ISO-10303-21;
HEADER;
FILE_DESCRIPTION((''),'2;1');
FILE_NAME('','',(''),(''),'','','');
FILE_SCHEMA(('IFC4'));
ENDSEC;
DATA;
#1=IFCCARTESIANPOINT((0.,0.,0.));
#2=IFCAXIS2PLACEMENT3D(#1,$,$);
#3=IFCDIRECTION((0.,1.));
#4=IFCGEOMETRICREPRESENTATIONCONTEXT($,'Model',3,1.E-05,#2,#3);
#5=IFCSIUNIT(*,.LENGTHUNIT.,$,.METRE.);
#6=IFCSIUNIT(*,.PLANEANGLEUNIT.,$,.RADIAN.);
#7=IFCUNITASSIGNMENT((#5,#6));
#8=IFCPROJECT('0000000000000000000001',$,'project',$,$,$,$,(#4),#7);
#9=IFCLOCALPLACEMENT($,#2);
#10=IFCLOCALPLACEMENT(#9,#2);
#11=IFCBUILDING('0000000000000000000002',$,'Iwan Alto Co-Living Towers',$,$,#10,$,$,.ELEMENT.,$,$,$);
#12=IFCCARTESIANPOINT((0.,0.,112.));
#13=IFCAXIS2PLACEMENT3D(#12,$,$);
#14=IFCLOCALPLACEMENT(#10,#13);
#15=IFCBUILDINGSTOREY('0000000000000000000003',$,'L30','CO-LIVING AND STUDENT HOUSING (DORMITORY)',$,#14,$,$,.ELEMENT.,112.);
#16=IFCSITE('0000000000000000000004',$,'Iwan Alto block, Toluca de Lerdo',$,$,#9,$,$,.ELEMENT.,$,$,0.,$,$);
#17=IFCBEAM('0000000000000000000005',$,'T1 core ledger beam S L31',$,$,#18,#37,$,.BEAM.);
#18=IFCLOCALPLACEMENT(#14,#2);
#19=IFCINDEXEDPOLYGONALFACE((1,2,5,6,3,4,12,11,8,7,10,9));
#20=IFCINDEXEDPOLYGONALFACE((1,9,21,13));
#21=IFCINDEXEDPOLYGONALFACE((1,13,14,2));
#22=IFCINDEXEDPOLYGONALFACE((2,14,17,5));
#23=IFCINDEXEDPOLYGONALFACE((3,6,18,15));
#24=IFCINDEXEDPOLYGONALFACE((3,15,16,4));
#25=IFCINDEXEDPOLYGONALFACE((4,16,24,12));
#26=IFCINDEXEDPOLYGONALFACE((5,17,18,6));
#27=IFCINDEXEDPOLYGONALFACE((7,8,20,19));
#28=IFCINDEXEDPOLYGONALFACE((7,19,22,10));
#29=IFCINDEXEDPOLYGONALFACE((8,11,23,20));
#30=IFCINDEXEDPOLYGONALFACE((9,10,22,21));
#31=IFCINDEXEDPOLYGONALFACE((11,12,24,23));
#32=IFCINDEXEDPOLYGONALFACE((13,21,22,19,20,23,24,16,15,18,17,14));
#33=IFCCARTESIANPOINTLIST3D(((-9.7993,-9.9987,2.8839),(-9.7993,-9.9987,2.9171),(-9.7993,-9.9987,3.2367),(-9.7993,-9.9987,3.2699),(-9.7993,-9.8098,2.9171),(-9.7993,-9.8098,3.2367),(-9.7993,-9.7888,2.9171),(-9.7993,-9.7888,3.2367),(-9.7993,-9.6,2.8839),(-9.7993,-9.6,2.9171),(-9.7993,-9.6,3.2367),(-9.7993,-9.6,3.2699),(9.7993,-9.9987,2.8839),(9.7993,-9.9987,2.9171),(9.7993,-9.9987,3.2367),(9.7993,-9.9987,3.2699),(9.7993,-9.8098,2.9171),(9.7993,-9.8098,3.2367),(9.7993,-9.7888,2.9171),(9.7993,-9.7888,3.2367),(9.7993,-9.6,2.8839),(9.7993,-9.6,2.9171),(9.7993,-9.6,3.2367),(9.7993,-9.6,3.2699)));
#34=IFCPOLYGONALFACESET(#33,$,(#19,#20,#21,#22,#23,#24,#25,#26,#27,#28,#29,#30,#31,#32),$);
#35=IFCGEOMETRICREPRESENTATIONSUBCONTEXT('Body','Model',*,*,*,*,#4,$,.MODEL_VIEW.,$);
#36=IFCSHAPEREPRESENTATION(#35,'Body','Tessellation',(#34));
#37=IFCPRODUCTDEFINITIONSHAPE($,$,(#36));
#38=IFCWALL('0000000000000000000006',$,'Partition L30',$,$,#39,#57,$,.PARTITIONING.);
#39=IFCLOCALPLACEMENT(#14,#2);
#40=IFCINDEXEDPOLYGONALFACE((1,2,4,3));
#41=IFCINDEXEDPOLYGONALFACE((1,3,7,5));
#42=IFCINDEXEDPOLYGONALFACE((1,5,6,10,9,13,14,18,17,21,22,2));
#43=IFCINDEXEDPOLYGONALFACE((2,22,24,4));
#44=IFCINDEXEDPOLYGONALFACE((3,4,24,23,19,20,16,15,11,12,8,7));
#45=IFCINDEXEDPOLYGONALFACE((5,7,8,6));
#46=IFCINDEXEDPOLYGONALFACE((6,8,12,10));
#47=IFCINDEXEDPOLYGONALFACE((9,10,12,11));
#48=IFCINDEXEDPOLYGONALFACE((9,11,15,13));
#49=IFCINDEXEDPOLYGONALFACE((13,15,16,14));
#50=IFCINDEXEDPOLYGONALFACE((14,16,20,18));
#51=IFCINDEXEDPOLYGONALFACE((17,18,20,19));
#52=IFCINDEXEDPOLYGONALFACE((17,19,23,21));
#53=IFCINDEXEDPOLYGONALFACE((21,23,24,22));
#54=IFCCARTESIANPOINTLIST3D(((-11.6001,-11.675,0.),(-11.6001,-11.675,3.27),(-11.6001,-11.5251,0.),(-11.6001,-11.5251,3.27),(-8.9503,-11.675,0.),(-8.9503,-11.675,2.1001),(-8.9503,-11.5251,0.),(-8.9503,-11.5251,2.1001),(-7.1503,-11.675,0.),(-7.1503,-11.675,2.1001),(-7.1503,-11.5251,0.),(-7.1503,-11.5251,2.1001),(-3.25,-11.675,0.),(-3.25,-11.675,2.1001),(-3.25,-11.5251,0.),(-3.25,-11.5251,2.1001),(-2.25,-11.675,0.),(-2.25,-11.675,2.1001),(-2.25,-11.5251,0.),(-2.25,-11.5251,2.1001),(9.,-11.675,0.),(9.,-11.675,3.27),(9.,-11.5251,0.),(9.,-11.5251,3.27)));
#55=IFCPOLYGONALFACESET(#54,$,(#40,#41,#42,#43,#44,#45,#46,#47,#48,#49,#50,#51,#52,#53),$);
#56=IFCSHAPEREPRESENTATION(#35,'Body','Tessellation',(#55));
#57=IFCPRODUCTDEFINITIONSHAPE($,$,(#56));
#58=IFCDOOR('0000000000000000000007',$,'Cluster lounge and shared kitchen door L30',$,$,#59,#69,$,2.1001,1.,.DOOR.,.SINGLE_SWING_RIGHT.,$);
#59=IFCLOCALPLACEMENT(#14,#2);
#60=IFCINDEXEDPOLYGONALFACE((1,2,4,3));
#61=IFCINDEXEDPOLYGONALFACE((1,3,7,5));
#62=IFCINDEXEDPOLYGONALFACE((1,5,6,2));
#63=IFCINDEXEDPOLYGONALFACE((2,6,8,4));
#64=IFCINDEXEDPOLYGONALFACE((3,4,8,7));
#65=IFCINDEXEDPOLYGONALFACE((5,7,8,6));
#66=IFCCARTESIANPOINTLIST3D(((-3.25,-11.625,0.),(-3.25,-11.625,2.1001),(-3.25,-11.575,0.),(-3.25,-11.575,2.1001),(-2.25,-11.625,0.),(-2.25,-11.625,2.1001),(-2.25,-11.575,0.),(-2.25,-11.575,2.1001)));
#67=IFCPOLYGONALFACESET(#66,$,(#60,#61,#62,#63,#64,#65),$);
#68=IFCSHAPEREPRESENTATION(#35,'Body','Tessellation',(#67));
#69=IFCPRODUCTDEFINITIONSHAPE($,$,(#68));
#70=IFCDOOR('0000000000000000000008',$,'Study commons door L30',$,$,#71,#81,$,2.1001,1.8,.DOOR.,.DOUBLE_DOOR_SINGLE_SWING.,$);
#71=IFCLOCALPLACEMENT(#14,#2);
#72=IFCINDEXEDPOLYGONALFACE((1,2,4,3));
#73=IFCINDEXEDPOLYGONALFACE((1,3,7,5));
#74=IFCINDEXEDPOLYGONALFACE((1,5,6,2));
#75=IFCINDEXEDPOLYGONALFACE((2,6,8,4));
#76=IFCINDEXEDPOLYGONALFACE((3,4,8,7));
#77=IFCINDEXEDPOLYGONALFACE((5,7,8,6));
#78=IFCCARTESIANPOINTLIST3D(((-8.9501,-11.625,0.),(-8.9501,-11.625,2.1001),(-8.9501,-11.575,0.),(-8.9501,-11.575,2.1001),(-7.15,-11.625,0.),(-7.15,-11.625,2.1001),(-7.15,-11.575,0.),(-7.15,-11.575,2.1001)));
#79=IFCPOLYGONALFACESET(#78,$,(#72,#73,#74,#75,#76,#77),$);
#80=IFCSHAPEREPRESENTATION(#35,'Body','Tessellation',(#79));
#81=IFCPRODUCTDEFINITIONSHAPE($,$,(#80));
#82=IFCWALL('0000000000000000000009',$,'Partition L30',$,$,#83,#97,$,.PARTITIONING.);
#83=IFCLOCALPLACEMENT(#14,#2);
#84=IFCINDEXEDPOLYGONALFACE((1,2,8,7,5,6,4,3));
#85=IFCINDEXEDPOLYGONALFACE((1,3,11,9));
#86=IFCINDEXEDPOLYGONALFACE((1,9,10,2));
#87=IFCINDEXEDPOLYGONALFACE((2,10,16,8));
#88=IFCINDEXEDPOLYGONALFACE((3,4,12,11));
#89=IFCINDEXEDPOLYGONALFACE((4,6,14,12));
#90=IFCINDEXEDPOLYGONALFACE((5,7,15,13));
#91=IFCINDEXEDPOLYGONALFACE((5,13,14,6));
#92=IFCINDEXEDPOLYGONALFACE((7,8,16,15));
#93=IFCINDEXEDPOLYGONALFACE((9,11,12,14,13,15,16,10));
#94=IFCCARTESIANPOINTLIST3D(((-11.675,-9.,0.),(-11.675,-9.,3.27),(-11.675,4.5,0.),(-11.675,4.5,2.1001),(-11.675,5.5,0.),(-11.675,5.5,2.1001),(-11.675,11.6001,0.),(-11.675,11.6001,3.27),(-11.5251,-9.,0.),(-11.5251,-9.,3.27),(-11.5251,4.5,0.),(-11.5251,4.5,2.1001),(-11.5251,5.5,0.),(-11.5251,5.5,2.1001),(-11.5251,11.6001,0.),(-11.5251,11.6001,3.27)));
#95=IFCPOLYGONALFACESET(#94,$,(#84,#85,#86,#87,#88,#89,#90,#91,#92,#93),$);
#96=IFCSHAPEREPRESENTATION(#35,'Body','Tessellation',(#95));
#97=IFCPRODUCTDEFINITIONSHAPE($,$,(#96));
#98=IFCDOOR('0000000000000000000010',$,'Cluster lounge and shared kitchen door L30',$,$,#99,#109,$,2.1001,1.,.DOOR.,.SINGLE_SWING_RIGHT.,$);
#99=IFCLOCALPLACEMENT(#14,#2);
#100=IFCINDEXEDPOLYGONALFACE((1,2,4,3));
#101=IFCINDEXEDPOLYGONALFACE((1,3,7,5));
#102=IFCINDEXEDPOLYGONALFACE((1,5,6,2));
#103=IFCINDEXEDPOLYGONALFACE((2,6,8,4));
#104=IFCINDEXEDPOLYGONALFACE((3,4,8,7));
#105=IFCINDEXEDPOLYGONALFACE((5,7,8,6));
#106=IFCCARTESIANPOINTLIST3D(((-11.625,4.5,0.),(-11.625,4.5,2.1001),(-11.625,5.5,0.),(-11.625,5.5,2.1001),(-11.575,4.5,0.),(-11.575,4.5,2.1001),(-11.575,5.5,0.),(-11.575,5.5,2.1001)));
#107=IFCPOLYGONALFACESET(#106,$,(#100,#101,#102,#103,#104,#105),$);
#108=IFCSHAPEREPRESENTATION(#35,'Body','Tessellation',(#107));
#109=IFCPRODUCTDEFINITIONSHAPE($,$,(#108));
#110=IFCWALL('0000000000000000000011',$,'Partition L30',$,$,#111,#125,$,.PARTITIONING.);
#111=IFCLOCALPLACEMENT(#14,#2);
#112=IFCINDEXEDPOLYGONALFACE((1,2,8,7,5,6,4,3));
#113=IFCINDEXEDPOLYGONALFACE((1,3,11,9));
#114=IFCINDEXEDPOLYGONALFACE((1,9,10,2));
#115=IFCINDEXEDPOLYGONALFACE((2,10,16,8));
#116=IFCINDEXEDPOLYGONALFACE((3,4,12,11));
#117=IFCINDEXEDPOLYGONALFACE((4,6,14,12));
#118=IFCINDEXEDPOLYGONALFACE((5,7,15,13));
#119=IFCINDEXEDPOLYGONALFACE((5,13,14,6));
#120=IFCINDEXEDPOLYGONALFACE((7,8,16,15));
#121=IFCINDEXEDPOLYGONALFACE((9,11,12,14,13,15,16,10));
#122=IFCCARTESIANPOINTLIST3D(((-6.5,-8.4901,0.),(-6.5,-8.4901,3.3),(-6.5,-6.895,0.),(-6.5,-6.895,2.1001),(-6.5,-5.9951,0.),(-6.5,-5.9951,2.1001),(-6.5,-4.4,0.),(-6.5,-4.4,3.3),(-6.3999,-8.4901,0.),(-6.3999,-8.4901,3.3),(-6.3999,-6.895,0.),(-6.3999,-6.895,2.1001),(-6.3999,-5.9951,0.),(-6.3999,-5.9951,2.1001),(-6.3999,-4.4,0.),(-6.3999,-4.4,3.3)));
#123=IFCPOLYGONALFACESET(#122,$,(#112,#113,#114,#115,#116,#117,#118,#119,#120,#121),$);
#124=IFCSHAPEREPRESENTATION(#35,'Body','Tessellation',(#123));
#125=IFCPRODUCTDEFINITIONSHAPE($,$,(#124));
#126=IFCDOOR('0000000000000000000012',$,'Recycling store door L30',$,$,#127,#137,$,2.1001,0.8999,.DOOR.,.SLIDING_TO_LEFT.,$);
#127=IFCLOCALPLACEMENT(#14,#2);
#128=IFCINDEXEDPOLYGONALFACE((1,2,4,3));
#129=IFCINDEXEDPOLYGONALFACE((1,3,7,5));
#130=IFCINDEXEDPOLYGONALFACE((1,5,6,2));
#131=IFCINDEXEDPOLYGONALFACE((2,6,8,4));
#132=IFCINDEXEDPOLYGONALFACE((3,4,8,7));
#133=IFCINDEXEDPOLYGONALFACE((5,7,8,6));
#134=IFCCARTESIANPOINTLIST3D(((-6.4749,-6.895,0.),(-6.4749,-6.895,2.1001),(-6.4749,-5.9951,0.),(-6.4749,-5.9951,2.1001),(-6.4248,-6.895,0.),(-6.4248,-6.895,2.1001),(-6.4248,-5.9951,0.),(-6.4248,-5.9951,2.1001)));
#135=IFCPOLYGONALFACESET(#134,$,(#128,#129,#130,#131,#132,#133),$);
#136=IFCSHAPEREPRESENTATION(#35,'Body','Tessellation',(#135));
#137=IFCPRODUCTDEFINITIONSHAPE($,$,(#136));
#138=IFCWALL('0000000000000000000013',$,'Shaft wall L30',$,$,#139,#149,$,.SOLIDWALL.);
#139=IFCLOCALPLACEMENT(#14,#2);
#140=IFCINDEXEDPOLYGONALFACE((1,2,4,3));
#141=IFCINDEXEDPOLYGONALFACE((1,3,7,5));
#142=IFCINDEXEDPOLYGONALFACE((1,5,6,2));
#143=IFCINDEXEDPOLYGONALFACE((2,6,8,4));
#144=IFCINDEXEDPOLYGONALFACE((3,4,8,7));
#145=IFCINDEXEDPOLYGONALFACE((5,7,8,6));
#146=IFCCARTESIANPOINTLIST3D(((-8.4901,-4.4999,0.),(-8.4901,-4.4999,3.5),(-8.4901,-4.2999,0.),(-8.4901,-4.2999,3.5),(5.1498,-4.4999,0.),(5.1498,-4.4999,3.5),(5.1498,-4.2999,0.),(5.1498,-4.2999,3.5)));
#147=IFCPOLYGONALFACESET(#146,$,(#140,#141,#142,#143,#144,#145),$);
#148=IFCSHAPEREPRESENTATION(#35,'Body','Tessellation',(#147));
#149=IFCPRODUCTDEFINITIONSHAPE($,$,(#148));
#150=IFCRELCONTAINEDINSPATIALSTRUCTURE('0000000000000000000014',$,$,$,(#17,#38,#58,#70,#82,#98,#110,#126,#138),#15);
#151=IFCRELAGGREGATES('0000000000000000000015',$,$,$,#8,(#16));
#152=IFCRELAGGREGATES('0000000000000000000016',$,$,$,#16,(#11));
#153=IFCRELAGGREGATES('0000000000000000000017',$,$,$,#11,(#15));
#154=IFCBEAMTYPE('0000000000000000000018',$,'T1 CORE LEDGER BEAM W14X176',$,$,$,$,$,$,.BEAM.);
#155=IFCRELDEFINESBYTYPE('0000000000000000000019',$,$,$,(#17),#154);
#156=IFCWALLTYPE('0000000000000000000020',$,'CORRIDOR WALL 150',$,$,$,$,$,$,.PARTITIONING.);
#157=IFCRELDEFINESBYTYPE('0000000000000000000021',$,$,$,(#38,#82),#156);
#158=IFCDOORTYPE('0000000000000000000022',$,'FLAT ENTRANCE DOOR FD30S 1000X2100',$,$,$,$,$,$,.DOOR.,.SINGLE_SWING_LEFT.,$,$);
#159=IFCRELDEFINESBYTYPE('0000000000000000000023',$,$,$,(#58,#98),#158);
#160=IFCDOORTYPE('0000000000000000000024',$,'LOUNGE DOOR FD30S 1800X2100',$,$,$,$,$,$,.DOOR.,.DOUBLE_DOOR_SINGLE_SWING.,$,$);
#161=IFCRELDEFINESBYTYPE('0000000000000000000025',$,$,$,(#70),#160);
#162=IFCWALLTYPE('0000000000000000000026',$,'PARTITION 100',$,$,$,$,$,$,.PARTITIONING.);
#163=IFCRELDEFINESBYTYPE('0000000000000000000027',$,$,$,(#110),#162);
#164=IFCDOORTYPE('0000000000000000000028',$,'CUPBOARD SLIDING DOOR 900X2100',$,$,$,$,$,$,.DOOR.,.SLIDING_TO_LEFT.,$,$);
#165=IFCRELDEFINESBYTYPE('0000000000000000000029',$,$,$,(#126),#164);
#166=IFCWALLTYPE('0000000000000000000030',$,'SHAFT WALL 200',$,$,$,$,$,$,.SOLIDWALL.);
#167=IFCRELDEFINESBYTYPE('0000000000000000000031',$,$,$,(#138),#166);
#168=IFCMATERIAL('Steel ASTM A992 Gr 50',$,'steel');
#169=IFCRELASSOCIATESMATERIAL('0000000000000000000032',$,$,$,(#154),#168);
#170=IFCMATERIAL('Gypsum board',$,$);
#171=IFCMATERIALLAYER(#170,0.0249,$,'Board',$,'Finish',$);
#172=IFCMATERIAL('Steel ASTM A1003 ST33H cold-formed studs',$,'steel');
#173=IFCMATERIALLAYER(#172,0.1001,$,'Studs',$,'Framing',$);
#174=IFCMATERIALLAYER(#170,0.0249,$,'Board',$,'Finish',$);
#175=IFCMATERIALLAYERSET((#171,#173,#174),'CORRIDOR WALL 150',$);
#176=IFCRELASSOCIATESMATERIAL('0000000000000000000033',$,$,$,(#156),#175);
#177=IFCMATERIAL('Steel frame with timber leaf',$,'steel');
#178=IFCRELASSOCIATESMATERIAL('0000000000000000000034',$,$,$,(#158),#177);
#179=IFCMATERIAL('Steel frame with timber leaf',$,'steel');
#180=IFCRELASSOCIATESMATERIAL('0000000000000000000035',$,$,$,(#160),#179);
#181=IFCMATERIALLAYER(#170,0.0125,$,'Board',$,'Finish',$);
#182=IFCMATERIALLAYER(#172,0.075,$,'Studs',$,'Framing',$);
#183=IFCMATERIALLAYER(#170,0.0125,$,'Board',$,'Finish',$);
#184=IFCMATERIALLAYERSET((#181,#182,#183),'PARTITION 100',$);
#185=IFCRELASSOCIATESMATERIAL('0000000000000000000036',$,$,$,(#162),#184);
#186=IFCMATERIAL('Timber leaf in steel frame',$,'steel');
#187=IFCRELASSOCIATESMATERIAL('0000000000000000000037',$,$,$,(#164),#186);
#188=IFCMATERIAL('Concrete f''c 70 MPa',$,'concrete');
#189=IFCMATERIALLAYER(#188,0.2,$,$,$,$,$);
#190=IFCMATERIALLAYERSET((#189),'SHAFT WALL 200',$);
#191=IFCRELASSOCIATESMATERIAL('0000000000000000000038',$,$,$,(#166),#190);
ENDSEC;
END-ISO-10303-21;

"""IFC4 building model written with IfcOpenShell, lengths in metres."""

from ifc_helpers import new_model, si_unit, direction, frame, frame_2d, origin, origin_2d, place, context, subcontext, project, spatial, rectangle, i_section, extrude, material, layer, layer_set, material_profile, profile_set, type_object, element, fill, save


model = new_model("IFC4")

# Units and contexts
model_context = context("Model", 3, precision=1e-05, world=origin(), true_north=direction((0.0, 1.0)))
body_context = subcontext(model_context, "Body", "Model", "MODEL_VIEW")
ifc_project = project(units=[si_unit("LENGTHUNIT", "METRE"), si_unit("PLANEANGLEUNIT", "RADIAN")], contexts=[model_context])

# Site, building, storey
site_placement = place(None, origin())
site = spatial("IfcSite", under=ifc_project, at=site_placement, Name="Iwan Alto block, Toluca de Lerdo", CompositionType="ELEMENT", RefElevation=0.0)
building_placement = place(site_placement, origin())
building = spatial("IfcBuilding", under=site, at=building_placement, Name="Iwan Alto Co-Living Towers", CompositionType="ELEMENT")
storey_placement = place(building_placement, frame((0.0, 0.0, 112.0)))
storey = spatial("IfcBuildingStorey", under=building, at=storey_placement, Name="L30", Description="CO-LIVING AND STUDENT HOUSING (DORMITORY)", CompositionType="ELEMENT", Elevation=112.0)

# Beam
ifc_material_1 = material(Name="Steel ASTM A992 Gr 50", Category="steel")
ifc_material_profile = material_profile(ifc_material_1, i_section(OverallWidth=0.3987, OverallDepth=0.386, WebThickness=0.021, FlangeThickness=0.0332, at=origin_2d()), Name="W14X176")
ifc_profile_set = profile_set([ifc_material_profile], Name="Steel ASTM A992 Gr 50")
beam_type = type_object("IfcBeamType", Name="T1 CORE LEDGER BEAM W14X176", PredefinedType="BEAM", material=ifc_profile_set)
beam_placement = place(storey_placement, frame((-9.7993, -9.7993, 3.0769), z_axis=(1.0, 0.0, 0.0), x_axis=(0.0, 1.0, 0.0)))
element("IfcBeam", 1, at=beam_placement, inside=storey, type_object=beam_type, Name="T1 core ledger beam S L31", PredefinedType="BEAM", context=body_context, shape_type="SweptSolid", body=[
    extrude(i_section(OverallWidth=0.3987, OverallDepth=0.386, WebThickness=0.021, FlangeThickness=0.0332, at=origin_2d()), origin(), (0.0, 0.0, 1.0), 19.5986),
])

# Wall, openings, doors
ifc_material_2 = material(Name="Gypsum board")
ifc_layer_1 = layer(ifc_material_2, 0.0249, Name="Board", Category="Finish")
ifc_material_3 = material(Name="Steel ASTM A1003 ST33H cold-formed studs", Category="steel")
ifc_layer_2 = layer(ifc_material_3, 0.1001, Name="Studs", Category="Framing")
ifc_layer_3 = layer(ifc_material_2, 0.0249, Name="Board", Category="Finish")
ifc_layer_set_1 = layer_set([ifc_layer_1, ifc_layer_2, ifc_layer_3], Name="CORRIDOR WALL 150")
wall_type_1 = type_object("IfcWallType", Name="CORRIDOR WALL 150", PredefinedType="PARTITIONING", material=ifc_layer_set_1)
wall_1_placement = place(storey_placement, frame((-11.6001, -11.6001, 0.0), z_axis=(0.0, 0.0, 1.0), x_axis=(1.0, 0.0, 0.0)))
wall_1 = element("IfcWall", 2, at=wall_1_placement, inside=storey, type_object=wall_type_1, Name="Partition L30", PredefinedType="PARTITIONING", context=body_context, shape_type="SweptSolid", body=[
    extrude(rectangle(XDim=20.6001, YDim=0.1499, at=frame_2d((10.3, 0.0))), origin(), (0.0, 0.0, 1.0), 3.27),
])
opening_1_placement = place(wall_1_placement, frame((2.6499, 0.0, 0.0)))
opening_1 = element("IfcOpeningElement", 3, at=opening_1_placement, cuts=wall_1, PredefinedType="OPENING", context=body_context, shape_type="SweptSolid", body=[
    extrude(rectangle(XDim=1.8, YDim=2.1001, at=frame_2d((0.8999, 1.05))), frame((0.0, 0.085, 0.0), z_axis=(0.0, -1.0, 0.0), x_axis=(1.0, 0.0, 0.0)), (0.0, 0.0, 1.0), 0.1699),
])
opening_2_placement = place(wall_1_placement, frame((8.3501, 0.0, 0.0)))
opening_2 = element("IfcOpeningElement", 4, at=opening_2_placement, cuts=wall_1, PredefinedType="OPENING", context=body_context, shape_type="SweptSolid", body=[
    extrude(rectangle(XDim=1.0, YDim=2.1001, at=frame_2d((0.5, 1.05))), frame((0.0, 0.085, 0.0), z_axis=(0.0, -1.0, 0.0), x_axis=(1.0, 0.0, 0.0)), (0.0, 0.0, 1.0), 0.1699),
])
ifc_material_4 = material(Name="Steel frame with timber leaf", Category="steel")
door_type_1 = type_object("IfcDoorType", Name="FLAT ENTRANCE DOOR FD30S 1000X2100", OperationType="SINGLE_SWING_LEFT", PredefinedType="DOOR", material=ifc_material_4)
door_1_placement = place(opening_2_placement, frame((1.0, 0.0, 0.0), z_axis=(0.0, 0.0, 1.0), x_axis=(-1.0, 0.0, 0.0)))
door_1 = element("IfcDoor", 5, at=door_1_placement, inside=storey, type_object=door_type_1, Name="Cluster lounge and shared kitchen door L30", OperationType="SINGLE_SWING_RIGHT", OverallHeight=2.1001, OverallWidth=1.0, PredefinedType="DOOR", context=body_context, shape_type="SweptSolid", body=[
    extrude(rectangle(XDim=1.0, YDim=2.1001, at=frame_2d((0.5, 1.05))), frame((0.0, 0.0249, 0.0), z_axis=(0.0, -1.0, 0.0), x_axis=(1.0, 0.0, 0.0)), (0.0, 0.0, 1.0), 0.05),
])
fill(opening_2, door_1)
ifc_material_5 = material(Name="Steel frame with timber leaf", Category="steel")
door_type_2 = type_object("IfcDoorType", Name="LOUNGE DOOR FD30S 1800X2100", OperationType="DOUBLE_DOOR_SINGLE_SWING", PredefinedType="DOOR", material=ifc_material_5)
door_2_placement = place(opening_1_placement, frame((1.8, 0.0, 0.0), z_axis=(0.0, 0.0, 1.0), x_axis=(-1.0, 0.0, 0.0)))
door_2 = element("IfcDoor", 6, at=door_2_placement, inside=storey, type_object=door_type_2, Name="Study commons door L30", OperationType="DOUBLE_DOOR_SINGLE_SWING", OverallHeight=2.1001, OverallWidth=1.8, PredefinedType="DOOR", context=body_context, shape_type="SweptSolid", body=[
    extrude(rectangle(XDim=1.8, YDim=2.1001, at=frame_2d((0.8999, 1.05))), frame((0.0, 0.0249, 0.0), z_axis=(0.0, -1.0, 0.0), x_axis=(1.0, 0.0, 0.0)), (0.0, 0.0, 1.0), 0.05),
])
fill(opening_1, door_2)

# Walls, openings, doors
wall_2_placement = place(storey_placement, frame((-11.6001, -9.0, 0.0), z_axis=(0.0, 0.0, 1.0), x_axis=(0.0, 1.0, 0.0)))
wall_2 = element("IfcWall", 7, at=wall_2_placement, inside=storey, type_object=wall_type_1, Name="Partition L30", PredefinedType="PARTITIONING", context=body_context, shape_type="SweptSolid", body=[
    extrude(rectangle(XDim=20.6001, YDim=0.1499, at=frame_2d((10.3, 0.0))), origin(), (0.0, 0.0, 1.0), 3.27),
])
opening_3_placement = place(wall_2_placement, frame((13.5, 0.0, 0.0)))
opening_3 = element("IfcOpeningElement", 8, at=opening_3_placement, cuts=wall_2, PredefinedType="OPENING", context=body_context, shape_type="SweptSolid", body=[
    extrude(rectangle(XDim=1.0, YDim=2.1001, at=frame_2d((0.5, 1.05))), frame((0.0, 0.085, 0.0), z_axis=(0.0, -1.0, 0.0), x_axis=(1.0, 0.0, 0.0)), (0.0, 0.0, 1.0), 0.1699),
])
door_3_placement = place(opening_3_placement, origin())
door_3 = element("IfcDoor", 9, at=door_3_placement, inside=storey, type_object=door_type_1, Name="Cluster lounge and shared kitchen door L30", OperationType="SINGLE_SWING_RIGHT", OverallHeight=2.1001, OverallWidth=1.0, PredefinedType="DOOR", context=body_context, shape_type="SweptSolid", body=[
    extrude(rectangle(XDim=1.0, YDim=2.1001, at=frame_2d((0.5, 1.05))), frame((0.0, 0.0249, 0.0), z_axis=(0.0, -1.0, 0.0), x_axis=(1.0, 0.0, 0.0)), (0.0, 0.0, 1.0), 0.05),
])
fill(opening_3, door_3)
ifc_layer_4 = layer(ifc_material_2, 0.0125, Name="Board", Category="Finish")
ifc_layer_5 = layer(ifc_material_3, 0.075, Name="Studs", Category="Framing")
ifc_layer_6 = layer(ifc_material_2, 0.0125, Name="Board", Category="Finish")
ifc_layer_set_2 = layer_set([ifc_layer_4, ifc_layer_5, ifc_layer_6], Name="PARTITION 100")
wall_type_2 = type_object("IfcWallType", Name="PARTITION 100", PredefinedType="PARTITIONING", material=ifc_layer_set_2)
wall_3_placement = place(storey_placement, frame((-6.45, -8.49, 0.0), z_axis=(0.0, 0.0, 1.0), x_axis=(0.0, 1.0, 0.0)))
wall_3 = element("IfcWall", 10, at=wall_3_placement, inside=storey, type_object=wall_type_2, Name="Partition L30", PredefinedType="PARTITIONING", context=body_context, shape_type="SweptSolid", body=[
    extrude(rectangle(XDim=4.0901, YDim=0.1001, at=frame_2d((2.0449, 0.0))), origin(), (0.0, 0.0, 1.0), 3.3),
])
opening_4_placement = place(wall_3_placement, frame((1.595, 0.0, 0.0)))
opening_4 = element("IfcOpeningElement", 11, at=opening_4_placement, cuts=wall_3, PredefinedType="OPENING", context=body_context, shape_type="SweptSolid", body=[
    extrude(rectangle(XDim=0.8999, YDim=2.1001, at=frame_2d((0.45, 1.05))), frame((0.0, 0.0601, 0.0), z_axis=(0.0, -1.0, 0.0), x_axis=(1.0, 0.0, 0.0)), (0.0, 0.0, 1.0), 0.1201),
])
ifc_material_6 = material(Name="Timber leaf in steel frame", Category="steel")
door_type_3 = type_object("IfcDoorType", Name="CUPBOARD SLIDING DOOR 900X2100", OperationType="SLIDING_TO_LEFT", PredefinedType="DOOR", material=ifc_material_6)
door_4_placement = place(opening_4_placement, origin())
door_4 = element("IfcDoor", 12, at=door_4_placement, inside=storey, type_object=door_type_3, Name="Recycling store door L30", OperationType="SLIDING_TO_LEFT", OverallHeight=2.1001, OverallWidth=0.8999, PredefinedType="DOOR", context=body_context, shape_type="SweptSolid", body=[
    extrude(rectangle(XDim=0.8999, YDim=2.1001, at=frame_2d((0.45, 1.05))), frame((0.0, 0.0249, 0.0), z_axis=(0.0, -1.0, 0.0), x_axis=(1.0, 0.0, 0.0)), (0.0, 0.0, 1.0), 0.05),
])
fill(opening_4, door_4)

# Wall
ifc_material_7 = material(Name="Concrete f'c 70 MPa", Category="concrete")
ifc_layer_7 = layer(ifc_material_7, 0.2)
ifc_layer_set_3 = layer_set([ifc_layer_7], Name="SHAFT WALL 200")
wall_type_3 = type_object("IfcWallType", Name="SHAFT WALL 200", PredefinedType="SOLIDWALL", material=ifc_layer_set_3)
wall_4_placement = place(storey_placement, frame((-8.49, -4.3999, 0.0), z_axis=(0.0, 0.0, 1.0), x_axis=(1.0, 0.0, 0.0)))
element("IfcWall", 13, at=wall_4_placement, inside=storey, type_object=wall_type_3, Name="Shaft wall L30", PredefinedType="SOLIDWALL", context=body_context, shape_type="SweptSolid", body=[
    extrude(rectangle(XDim=13.6399, YDim=0.2, at=frame_2d((6.8198, 0.0))), origin(), (0.0, 0.0, 1.0), 3.5),
])

save(model, "model.ifc")
